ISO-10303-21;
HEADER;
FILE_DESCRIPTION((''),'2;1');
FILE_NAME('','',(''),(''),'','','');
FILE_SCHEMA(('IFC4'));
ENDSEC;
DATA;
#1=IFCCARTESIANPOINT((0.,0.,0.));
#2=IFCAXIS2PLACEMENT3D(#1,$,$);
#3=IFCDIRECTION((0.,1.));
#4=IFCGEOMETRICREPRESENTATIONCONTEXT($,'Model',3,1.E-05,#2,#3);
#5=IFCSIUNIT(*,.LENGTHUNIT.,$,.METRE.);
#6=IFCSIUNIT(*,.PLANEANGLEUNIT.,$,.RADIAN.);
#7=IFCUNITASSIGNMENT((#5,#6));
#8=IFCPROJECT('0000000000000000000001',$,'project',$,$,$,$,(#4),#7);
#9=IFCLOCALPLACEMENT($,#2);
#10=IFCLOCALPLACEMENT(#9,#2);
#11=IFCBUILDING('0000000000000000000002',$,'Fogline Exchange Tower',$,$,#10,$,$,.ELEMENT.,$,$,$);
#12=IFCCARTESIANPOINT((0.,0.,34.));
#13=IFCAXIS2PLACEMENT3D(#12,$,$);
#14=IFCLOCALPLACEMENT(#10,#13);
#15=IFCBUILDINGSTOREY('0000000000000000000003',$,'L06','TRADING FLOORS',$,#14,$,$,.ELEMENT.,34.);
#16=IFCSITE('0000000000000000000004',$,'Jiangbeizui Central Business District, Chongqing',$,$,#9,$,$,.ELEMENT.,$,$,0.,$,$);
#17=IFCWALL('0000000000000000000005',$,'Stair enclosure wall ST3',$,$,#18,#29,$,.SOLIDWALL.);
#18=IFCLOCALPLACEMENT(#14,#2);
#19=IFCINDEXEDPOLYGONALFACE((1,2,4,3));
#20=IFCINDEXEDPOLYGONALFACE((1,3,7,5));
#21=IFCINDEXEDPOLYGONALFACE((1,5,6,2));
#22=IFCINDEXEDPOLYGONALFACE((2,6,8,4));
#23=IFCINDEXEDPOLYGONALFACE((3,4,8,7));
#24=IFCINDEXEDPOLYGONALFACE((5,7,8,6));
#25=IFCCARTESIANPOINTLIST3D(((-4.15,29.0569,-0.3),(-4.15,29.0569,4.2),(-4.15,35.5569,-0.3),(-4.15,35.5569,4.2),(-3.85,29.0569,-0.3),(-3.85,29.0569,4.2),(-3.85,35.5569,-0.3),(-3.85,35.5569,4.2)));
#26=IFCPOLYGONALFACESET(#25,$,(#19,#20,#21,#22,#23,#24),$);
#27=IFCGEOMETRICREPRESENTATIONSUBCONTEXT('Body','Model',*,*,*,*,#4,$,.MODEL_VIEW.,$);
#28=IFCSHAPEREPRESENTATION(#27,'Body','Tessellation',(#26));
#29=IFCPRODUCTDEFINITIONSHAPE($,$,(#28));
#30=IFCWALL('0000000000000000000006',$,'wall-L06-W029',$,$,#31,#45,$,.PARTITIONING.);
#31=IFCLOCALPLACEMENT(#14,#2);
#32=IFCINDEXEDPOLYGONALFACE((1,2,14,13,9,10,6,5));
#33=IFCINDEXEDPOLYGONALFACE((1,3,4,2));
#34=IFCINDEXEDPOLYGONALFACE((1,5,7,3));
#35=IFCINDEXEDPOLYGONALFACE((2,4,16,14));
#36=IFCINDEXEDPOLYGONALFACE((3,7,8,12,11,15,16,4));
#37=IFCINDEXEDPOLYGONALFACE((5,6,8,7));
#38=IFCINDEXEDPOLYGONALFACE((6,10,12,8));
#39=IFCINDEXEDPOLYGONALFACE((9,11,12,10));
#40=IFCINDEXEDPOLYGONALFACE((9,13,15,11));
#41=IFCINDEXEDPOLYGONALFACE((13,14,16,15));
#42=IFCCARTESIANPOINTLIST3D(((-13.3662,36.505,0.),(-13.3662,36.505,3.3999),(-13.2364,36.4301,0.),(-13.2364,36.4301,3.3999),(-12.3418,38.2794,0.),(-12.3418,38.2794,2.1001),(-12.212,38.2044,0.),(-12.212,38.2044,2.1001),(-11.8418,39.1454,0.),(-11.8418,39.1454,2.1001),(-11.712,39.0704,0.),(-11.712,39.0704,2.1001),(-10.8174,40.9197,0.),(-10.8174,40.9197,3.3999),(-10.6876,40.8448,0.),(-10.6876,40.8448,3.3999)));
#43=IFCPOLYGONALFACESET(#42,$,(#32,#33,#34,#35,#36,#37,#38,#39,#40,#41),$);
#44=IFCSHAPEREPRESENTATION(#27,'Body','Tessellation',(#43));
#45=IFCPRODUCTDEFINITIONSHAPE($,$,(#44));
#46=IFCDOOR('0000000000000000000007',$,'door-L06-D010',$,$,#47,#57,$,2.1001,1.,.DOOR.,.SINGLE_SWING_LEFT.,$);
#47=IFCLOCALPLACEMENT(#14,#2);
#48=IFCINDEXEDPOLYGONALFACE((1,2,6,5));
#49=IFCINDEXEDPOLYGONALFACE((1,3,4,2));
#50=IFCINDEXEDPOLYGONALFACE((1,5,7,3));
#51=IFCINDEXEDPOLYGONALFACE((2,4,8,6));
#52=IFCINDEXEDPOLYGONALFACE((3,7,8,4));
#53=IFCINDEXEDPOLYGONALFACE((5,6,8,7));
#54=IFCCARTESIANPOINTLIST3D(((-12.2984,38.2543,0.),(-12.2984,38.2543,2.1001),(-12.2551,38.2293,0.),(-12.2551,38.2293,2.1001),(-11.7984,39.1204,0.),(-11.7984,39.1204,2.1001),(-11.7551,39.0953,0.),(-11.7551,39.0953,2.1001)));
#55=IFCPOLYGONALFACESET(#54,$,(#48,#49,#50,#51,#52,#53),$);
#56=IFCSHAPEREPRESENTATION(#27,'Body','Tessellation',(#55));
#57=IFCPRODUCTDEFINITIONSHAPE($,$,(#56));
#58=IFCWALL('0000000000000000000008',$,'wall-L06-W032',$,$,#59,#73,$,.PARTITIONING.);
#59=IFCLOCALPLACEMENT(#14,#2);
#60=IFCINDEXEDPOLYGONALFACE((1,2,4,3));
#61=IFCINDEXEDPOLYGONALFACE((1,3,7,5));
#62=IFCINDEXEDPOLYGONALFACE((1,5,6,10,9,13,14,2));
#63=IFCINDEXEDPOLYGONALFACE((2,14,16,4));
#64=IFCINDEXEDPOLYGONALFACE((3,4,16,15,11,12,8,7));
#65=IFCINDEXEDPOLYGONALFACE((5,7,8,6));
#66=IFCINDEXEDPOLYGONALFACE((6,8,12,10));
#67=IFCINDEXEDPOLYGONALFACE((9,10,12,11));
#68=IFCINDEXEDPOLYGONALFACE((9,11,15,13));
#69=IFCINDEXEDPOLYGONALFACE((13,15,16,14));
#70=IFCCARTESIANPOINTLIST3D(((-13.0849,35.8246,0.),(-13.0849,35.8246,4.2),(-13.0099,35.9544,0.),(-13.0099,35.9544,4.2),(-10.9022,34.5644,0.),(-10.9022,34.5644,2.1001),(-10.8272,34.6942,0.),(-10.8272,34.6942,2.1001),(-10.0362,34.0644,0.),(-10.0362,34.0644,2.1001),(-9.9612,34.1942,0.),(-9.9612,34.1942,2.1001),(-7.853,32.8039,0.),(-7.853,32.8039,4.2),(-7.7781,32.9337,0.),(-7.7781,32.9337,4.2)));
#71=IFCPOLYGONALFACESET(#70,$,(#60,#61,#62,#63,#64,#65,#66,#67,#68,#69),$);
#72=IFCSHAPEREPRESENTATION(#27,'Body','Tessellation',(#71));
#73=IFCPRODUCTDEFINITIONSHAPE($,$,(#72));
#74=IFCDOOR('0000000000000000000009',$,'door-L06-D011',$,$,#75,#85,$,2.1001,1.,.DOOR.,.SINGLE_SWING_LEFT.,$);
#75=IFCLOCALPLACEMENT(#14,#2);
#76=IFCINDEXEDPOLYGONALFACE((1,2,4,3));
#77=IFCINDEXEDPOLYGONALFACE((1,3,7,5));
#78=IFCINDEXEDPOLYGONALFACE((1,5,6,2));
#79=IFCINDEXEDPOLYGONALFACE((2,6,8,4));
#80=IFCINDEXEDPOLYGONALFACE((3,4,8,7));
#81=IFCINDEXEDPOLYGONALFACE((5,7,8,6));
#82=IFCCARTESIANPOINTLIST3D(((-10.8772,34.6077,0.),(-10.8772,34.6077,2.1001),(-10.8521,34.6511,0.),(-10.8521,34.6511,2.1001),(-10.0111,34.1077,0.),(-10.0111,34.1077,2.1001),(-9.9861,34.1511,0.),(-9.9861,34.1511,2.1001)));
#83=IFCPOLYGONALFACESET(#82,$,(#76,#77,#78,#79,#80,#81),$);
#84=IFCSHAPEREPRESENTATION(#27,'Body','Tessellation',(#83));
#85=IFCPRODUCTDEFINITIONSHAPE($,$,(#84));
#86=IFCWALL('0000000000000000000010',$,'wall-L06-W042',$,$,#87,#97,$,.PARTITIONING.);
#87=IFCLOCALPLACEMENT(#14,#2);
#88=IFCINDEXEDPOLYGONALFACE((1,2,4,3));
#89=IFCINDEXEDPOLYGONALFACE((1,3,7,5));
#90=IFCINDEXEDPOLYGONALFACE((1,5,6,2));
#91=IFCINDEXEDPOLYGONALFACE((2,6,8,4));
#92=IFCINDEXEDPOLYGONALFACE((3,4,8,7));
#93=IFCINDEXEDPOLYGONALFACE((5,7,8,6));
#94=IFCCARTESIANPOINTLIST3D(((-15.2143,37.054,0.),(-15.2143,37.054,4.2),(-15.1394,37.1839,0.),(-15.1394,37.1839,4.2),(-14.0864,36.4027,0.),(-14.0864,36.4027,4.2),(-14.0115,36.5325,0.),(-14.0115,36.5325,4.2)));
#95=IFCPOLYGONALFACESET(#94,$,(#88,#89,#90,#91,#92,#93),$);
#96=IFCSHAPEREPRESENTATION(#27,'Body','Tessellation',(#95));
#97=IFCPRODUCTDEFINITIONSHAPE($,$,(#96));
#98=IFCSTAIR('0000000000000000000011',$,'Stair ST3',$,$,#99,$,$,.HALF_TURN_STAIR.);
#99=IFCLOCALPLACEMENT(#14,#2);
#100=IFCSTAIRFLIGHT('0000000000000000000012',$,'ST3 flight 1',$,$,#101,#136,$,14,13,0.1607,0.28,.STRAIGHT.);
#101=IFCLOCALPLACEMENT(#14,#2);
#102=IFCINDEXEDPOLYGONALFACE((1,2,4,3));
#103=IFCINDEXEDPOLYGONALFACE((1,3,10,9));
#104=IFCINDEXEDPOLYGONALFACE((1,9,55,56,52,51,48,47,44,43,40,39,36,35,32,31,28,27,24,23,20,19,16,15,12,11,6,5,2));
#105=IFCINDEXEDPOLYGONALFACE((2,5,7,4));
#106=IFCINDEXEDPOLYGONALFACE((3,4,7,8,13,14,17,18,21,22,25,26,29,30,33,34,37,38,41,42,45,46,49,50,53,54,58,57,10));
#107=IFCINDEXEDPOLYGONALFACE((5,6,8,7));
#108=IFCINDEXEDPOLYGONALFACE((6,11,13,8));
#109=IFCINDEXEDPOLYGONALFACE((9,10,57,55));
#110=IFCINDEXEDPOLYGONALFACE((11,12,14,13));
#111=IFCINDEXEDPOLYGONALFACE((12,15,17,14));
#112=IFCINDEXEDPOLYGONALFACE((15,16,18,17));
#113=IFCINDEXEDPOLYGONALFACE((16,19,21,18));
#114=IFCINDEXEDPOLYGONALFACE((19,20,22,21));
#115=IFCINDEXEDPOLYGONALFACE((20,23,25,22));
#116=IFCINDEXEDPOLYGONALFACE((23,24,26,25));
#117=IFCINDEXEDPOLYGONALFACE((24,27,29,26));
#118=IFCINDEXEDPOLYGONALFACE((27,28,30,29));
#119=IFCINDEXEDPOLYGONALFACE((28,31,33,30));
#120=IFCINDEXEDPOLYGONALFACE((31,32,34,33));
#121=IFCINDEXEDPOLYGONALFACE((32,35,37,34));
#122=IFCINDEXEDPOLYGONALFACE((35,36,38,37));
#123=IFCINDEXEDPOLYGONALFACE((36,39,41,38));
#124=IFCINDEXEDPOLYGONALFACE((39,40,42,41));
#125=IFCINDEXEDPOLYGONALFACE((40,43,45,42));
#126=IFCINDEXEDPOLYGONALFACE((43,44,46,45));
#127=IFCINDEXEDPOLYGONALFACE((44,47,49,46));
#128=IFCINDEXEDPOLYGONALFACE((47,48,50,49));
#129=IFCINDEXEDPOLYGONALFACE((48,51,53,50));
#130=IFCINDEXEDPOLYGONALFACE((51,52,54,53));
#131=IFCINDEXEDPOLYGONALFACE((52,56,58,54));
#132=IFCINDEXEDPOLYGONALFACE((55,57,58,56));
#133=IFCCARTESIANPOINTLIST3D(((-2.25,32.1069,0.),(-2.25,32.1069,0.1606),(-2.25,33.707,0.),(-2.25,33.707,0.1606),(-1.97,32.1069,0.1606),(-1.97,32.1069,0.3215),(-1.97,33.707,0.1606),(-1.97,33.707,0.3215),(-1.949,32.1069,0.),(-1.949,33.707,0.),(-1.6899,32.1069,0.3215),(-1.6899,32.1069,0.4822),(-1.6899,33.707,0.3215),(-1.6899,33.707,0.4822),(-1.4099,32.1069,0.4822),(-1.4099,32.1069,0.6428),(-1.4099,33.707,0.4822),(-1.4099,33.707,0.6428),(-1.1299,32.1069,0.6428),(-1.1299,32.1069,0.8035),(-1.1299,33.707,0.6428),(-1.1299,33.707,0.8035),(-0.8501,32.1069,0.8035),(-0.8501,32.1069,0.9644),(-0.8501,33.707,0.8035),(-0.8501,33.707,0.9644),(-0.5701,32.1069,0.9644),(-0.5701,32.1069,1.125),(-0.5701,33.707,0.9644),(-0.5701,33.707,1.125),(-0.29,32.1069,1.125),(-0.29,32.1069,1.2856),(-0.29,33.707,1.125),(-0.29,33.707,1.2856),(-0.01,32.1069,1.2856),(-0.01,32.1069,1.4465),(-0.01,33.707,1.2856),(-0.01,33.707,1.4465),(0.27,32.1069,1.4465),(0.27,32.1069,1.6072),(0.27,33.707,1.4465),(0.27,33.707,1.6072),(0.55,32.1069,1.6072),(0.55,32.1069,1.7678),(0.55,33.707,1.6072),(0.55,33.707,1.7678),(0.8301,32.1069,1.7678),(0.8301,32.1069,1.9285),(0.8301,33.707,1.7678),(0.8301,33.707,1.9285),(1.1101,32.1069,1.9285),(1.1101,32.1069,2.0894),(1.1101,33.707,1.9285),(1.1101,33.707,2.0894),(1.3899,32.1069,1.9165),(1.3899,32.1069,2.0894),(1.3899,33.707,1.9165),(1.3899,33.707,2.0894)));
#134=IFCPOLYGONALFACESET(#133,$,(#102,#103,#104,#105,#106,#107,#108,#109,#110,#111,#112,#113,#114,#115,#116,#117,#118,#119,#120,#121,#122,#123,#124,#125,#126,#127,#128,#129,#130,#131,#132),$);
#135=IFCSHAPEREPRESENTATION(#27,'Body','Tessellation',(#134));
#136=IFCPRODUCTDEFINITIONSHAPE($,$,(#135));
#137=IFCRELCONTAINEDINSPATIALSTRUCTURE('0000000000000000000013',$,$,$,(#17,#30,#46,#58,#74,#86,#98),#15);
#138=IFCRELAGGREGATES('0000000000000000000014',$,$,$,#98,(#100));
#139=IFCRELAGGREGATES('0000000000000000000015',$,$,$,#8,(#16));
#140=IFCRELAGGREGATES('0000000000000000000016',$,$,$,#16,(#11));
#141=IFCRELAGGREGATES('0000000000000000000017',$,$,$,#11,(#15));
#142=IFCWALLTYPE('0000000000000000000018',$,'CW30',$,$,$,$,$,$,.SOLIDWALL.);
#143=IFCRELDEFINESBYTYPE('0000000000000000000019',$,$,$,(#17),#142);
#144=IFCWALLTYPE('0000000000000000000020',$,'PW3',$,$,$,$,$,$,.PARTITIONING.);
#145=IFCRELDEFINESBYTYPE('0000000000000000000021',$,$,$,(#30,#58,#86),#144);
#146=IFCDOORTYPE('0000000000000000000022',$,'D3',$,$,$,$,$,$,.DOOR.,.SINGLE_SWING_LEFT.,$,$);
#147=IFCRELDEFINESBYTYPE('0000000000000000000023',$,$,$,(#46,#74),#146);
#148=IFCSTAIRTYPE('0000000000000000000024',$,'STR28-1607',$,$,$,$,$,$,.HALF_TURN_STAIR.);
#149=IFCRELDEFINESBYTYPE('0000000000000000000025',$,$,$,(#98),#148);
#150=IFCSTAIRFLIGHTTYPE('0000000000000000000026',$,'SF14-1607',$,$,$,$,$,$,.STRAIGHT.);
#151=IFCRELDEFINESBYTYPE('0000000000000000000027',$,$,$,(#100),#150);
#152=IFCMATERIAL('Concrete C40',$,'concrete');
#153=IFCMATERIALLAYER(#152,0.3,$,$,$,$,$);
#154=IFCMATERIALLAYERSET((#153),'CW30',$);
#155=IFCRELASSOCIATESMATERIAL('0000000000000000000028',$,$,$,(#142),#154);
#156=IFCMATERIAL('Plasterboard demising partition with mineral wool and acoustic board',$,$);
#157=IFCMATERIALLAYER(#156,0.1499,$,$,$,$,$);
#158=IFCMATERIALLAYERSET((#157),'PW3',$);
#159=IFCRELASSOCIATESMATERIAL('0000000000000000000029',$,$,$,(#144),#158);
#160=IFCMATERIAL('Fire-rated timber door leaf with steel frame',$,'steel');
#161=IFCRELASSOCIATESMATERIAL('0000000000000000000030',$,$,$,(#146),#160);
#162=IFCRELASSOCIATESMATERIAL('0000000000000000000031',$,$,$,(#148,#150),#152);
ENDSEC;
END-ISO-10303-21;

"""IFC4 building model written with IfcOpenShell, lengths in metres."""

from ifc_helpers import new_model, si_unit, direction, frame, frame_2d, origin, place, context, subcontext, project, spatial, polyline, rectangle, outline, extrude, material, layer, layer_set, type_object, element, fill, aggregate, save


model = new_model("IFC4")

# Units and contexts
model_context = context("Model", 3, precision=1e-05, world=origin(), true_north=direction((0.0, 1.0)))
body_context = subcontext(model_context, "Body", "Model", "MODEL_VIEW")
ifc_project = project(units=[si_unit("LENGTHUNIT", "METRE"), si_unit("PLANEANGLEUNIT", "RADIAN")], contexts=[model_context])

# Site, building, storey
site_placement = place(None, origin())
site = spatial("IfcSite", under=ifc_project, at=site_placement, Name="Jiangbeizui Central Business District, Chongqing", CompositionType="ELEMENT", RefElevation=0.0)
building_placement = place(site_placement, origin())
building = spatial("IfcBuilding", under=site, at=building_placement, Name="Fogline Exchange Tower", CompositionType="ELEMENT")
storey_placement = place(building_placement, frame((0.0, 0.0, 34.0)))
storey = spatial("IfcBuildingStorey", under=building, at=storey_placement, Name="L06", Description="TRADING FLOORS", CompositionType="ELEMENT", Elevation=34.0)

# Shared definitions
ifc_material_1 = material(Name="Concrete C40", Category="concrete")

# Shared definitions
ifc_layer_1 = layer(ifc_material_1, 0.3)
ifc_layer_set_1 = layer_set([ifc_layer_1], Name="CW30")
wall_type_1 = type_object("IfcWallType", Name="CW30", PredefinedType="SOLIDWALL", material=ifc_layer_set_1)

# Wall
wall_1_placement = place(storey_placement, frame((-4.0, 29.0569, -0.3), z_axis=(0.0, 0.0, 1.0), x_axis=(0.0, 1.0, 0.0)))
element("IfcWall", 1, at=wall_1_placement, inside=storey, type_object=wall_type_1, Name="Stair enclosure wall ST3", PredefinedType="SOLIDWALL", context=body_context, shape_type="SweptSolid", body=[
    extrude(rectangle(XDim=6.5, YDim=0.3, at=frame_2d((3.25, 0.0))), origin(), (0.0, 0.0, 1.0), 4.5),
])

# Walls, openings, doors
ifc_material_2 = material(Name="Plasterboard demising partition with mineral wool and acoustic board")
ifc_layer_2 = layer(ifc_material_2, 0.1499)
ifc_layer_set_2 = layer_set([ifc_layer_2], Name="PW3")
wall_type_2 = type_object("IfcWallType", Name="PW3", PredefinedType="PARTITIONING", material=ifc_layer_set_2)
wall_2_placement = place(storey_placement, frame((-13.3013, 36.4675, 0.0), z_axis=(0.0, 0.0, 1.0), x_axis=(0.499992, 0.86603, 0.0)))
wall_2 = element("IfcWall", 2, at=wall_2_placement, inside=storey, type_object=wall_type_2, Name="wall-L06-W029", PredefinedType="PARTITIONING", context=body_context, shape_type="SweptSolid", body=[
    extrude(rectangle(XDim=5.0977, YDim=0.1499, at=frame_2d((2.5488, 0.0))), origin(), (0.0, 0.0, 1.0), 3.3999),
])
opening_1_placement = place(wall_2_placement, frame((2.0488, 0.0, 0.0)))
opening_1 = element("IfcOpeningElement", 3, at=opening_1_placement, cuts=wall_2, PredefinedType="OPENING", context=body_context, shape_type="SweptSolid", body=[
    extrude(rectangle(XDim=1.0, YDim=2.1001, at=frame_2d((0.5, 1.05))), frame((0.0, 0.085, 0.0), z_axis=(0.0, -1.0, 0.0), x_axis=(1.0, 0.0, 0.0)), (0.0, 0.0, 1.0), 0.1699),
])
ifc_material_3 = material(Name="Fire-rated timber door leaf with steel frame", Category="steel")
door_type_1 = type_object("IfcDoorType", Name="D3", OperationType="SINGLE_SWING_LEFT", PredefinedType="DOOR", material=ifc_material_3)
door_1_placement = place(opening_1_placement, origin())
door_1 = element("IfcDoor", 4, at=door_1_placement, inside=storey, type_object=door_type_1, Name="door-L06-D010", OperationType="SINGLE_SWING_LEFT", OverallHeight=2.1001, OverallWidth=1.0, PredefinedType="DOOR", context=body_context, shape_type="SweptSolid", body=[
    extrude(rectangle(XDim=1.0, YDim=2.1001, at=frame_2d((0.5, 1.05))), frame((0.0, 0.0249, 0.0), z_axis=(0.0, -1.0, 0.0), x_axis=(1.0, 0.0, 0.0)), (0.0, 0.0, 1.0), 0.05),
])
fill(opening_1, door_1)
wall_3_placement = place(storey_placement, frame((-7.8157, 32.8689, 0.0), z_axis=(0.0, 0.0, 1.0), x_axis=(-0.866019, 0.500012, 0.0)))
wall_3 = element("IfcWall", 5, at=wall_3_placement, inside=storey, type_object=wall_type_2, Name="wall-L06-W032", PredefinedType="PARTITIONING", context=body_context, shape_type="SweptSolid", body=[
    extrude(rectangle(XDim=6.0413, YDim=0.1499, at=frame_2d((3.0205, 0.0))), origin(), (0.0, 0.0, 1.0), 4.2),
])
opening_2_placement = place(wall_3_placement, frame((2.5208, 0.0, 0.0)))
opening_2 = element("IfcOpeningElement", 6, at=opening_2_placement, cuts=wall_3, PredefinedType="OPENING", context=body_context, shape_type="SweptSolid", body=[
    extrude(rectangle(XDim=1.0, YDim=2.1001, at=frame_2d((0.5, 1.05))), frame((0.0, 0.085, 0.0), z_axis=(0.0, -1.0, 0.0), x_axis=(1.0, 0.0, 0.0)), (0.0, 0.0, 1.0), 0.1699),
])
door_2_placement = place(opening_2_placement, origin())
door_2 = element("IfcDoor", 7, at=door_2_placement, inside=storey, type_object=door_type_1, Name="door-L06-D011", OperationType="SINGLE_SWING_LEFT", OverallHeight=2.1001, OverallWidth=1.0, PredefinedType="DOOR", context=body_context, shape_type="SweptSolid", body=[
    extrude(rectangle(XDim=1.0, YDim=2.1001, at=frame_2d((0.5, 1.05))), frame((0.0, 0.0249, 0.0), z_axis=(0.0, -1.0, 0.0), x_axis=(1.0, 0.0, 0.0)), (0.0, 0.0, 1.0), 0.05),
])
fill(opening_2, door_2)

# Wall
wall_4_placement = place(storey_placement, frame((-14.0488, 36.4675, 0.0), z_axis=(0.0, 0.0, 1.0), x_axis=(-0.865973, 0.50009, 0.0)))
element("IfcWall", 8, at=wall_4_placement, inside=storey, type_object=wall_type_2, Name="wall-L06-W042", PredefinedType="PARTITIONING", context=body_context, shape_type="SweptSolid", body=[
    extrude(rectangle(XDim=1.3025, YDim=0.1499, at=frame_2d((0.6514, 0.0))), origin(), (0.0, 0.0, 1.0), 4.2),
])

# Stair, stair flight
stair_type = type_object("IfcStairType", Name="STR28-1607", PredefinedType="HALF_TURN_STAIR", material=ifc_material_1)
stair_placement = place(storey_placement, origin())
stair = element("IfcStair", 9, at=stair_placement, inside=storey, type_object=stair_type, Name="Stair ST3", PredefinedType="HALF_TURN_STAIR")
stair_flight_type = type_object("IfcStairFlightType", Name="SF14-1607", PredefinedType="STRAIGHT", material=ifc_material_1)
stair_flight_placement = place(storey_placement, frame((-2.25, 32.907, 0.0), z_axis=(0.0, 0.0, 1.0), x_axis=(1.0, 0.0, 0.0)))
stair_flight = element("IfcStairFlight", 10, at=stair_flight_placement, type_object=stair_flight_type, Name="ST3 flight 1", NumberOfRisers=14, NumberOfTreads=13, PredefinedType="STRAIGHT", RiserHeight=0.1607, TreadLength=0.28, context=body_context, shape_type="SweptSolid", body=[
    extrude(outline(polyline([(0.0, 0.0), (0.0, 0.1606), (0.28, 0.1606), (0.28, 0.3215), (0.5601, 0.3215), (0.5601, 0.4822), (0.8401, 0.4822), (0.8401, 0.6428), (1.1201, 0.6428), (1.1201, 0.8035), (1.3999, 0.8035), (1.3999, 0.9644), (1.6799, 0.9644), (1.6799, 1.125), (1.96, 1.125), (1.96, 1.2856), (2.24, 1.2856), (2.24, 1.4465), (2.52, 1.4465), (2.52, 1.6072), (2.8, 1.6072), (2.8, 1.7678), (3.0801, 1.7678), (3.0801, 1.9285), (3.3601, 1.9285), (3.3601, 2.0894), (3.6399, 2.0894), (3.6399, 2.25), (3.6399, 1.9165), (0.301, 0.0), (0.0, 0.0)])), frame((0.0, 0.8, 0.0), z_axis=(0.0, -1.0, 0.0), x_axis=(1.0, 0.0, 0.0)), (0.0, 0.0, 1.0), 1.6001),
])
aggregate(stair, [stair_flight])

save(model, "model.ifc")
